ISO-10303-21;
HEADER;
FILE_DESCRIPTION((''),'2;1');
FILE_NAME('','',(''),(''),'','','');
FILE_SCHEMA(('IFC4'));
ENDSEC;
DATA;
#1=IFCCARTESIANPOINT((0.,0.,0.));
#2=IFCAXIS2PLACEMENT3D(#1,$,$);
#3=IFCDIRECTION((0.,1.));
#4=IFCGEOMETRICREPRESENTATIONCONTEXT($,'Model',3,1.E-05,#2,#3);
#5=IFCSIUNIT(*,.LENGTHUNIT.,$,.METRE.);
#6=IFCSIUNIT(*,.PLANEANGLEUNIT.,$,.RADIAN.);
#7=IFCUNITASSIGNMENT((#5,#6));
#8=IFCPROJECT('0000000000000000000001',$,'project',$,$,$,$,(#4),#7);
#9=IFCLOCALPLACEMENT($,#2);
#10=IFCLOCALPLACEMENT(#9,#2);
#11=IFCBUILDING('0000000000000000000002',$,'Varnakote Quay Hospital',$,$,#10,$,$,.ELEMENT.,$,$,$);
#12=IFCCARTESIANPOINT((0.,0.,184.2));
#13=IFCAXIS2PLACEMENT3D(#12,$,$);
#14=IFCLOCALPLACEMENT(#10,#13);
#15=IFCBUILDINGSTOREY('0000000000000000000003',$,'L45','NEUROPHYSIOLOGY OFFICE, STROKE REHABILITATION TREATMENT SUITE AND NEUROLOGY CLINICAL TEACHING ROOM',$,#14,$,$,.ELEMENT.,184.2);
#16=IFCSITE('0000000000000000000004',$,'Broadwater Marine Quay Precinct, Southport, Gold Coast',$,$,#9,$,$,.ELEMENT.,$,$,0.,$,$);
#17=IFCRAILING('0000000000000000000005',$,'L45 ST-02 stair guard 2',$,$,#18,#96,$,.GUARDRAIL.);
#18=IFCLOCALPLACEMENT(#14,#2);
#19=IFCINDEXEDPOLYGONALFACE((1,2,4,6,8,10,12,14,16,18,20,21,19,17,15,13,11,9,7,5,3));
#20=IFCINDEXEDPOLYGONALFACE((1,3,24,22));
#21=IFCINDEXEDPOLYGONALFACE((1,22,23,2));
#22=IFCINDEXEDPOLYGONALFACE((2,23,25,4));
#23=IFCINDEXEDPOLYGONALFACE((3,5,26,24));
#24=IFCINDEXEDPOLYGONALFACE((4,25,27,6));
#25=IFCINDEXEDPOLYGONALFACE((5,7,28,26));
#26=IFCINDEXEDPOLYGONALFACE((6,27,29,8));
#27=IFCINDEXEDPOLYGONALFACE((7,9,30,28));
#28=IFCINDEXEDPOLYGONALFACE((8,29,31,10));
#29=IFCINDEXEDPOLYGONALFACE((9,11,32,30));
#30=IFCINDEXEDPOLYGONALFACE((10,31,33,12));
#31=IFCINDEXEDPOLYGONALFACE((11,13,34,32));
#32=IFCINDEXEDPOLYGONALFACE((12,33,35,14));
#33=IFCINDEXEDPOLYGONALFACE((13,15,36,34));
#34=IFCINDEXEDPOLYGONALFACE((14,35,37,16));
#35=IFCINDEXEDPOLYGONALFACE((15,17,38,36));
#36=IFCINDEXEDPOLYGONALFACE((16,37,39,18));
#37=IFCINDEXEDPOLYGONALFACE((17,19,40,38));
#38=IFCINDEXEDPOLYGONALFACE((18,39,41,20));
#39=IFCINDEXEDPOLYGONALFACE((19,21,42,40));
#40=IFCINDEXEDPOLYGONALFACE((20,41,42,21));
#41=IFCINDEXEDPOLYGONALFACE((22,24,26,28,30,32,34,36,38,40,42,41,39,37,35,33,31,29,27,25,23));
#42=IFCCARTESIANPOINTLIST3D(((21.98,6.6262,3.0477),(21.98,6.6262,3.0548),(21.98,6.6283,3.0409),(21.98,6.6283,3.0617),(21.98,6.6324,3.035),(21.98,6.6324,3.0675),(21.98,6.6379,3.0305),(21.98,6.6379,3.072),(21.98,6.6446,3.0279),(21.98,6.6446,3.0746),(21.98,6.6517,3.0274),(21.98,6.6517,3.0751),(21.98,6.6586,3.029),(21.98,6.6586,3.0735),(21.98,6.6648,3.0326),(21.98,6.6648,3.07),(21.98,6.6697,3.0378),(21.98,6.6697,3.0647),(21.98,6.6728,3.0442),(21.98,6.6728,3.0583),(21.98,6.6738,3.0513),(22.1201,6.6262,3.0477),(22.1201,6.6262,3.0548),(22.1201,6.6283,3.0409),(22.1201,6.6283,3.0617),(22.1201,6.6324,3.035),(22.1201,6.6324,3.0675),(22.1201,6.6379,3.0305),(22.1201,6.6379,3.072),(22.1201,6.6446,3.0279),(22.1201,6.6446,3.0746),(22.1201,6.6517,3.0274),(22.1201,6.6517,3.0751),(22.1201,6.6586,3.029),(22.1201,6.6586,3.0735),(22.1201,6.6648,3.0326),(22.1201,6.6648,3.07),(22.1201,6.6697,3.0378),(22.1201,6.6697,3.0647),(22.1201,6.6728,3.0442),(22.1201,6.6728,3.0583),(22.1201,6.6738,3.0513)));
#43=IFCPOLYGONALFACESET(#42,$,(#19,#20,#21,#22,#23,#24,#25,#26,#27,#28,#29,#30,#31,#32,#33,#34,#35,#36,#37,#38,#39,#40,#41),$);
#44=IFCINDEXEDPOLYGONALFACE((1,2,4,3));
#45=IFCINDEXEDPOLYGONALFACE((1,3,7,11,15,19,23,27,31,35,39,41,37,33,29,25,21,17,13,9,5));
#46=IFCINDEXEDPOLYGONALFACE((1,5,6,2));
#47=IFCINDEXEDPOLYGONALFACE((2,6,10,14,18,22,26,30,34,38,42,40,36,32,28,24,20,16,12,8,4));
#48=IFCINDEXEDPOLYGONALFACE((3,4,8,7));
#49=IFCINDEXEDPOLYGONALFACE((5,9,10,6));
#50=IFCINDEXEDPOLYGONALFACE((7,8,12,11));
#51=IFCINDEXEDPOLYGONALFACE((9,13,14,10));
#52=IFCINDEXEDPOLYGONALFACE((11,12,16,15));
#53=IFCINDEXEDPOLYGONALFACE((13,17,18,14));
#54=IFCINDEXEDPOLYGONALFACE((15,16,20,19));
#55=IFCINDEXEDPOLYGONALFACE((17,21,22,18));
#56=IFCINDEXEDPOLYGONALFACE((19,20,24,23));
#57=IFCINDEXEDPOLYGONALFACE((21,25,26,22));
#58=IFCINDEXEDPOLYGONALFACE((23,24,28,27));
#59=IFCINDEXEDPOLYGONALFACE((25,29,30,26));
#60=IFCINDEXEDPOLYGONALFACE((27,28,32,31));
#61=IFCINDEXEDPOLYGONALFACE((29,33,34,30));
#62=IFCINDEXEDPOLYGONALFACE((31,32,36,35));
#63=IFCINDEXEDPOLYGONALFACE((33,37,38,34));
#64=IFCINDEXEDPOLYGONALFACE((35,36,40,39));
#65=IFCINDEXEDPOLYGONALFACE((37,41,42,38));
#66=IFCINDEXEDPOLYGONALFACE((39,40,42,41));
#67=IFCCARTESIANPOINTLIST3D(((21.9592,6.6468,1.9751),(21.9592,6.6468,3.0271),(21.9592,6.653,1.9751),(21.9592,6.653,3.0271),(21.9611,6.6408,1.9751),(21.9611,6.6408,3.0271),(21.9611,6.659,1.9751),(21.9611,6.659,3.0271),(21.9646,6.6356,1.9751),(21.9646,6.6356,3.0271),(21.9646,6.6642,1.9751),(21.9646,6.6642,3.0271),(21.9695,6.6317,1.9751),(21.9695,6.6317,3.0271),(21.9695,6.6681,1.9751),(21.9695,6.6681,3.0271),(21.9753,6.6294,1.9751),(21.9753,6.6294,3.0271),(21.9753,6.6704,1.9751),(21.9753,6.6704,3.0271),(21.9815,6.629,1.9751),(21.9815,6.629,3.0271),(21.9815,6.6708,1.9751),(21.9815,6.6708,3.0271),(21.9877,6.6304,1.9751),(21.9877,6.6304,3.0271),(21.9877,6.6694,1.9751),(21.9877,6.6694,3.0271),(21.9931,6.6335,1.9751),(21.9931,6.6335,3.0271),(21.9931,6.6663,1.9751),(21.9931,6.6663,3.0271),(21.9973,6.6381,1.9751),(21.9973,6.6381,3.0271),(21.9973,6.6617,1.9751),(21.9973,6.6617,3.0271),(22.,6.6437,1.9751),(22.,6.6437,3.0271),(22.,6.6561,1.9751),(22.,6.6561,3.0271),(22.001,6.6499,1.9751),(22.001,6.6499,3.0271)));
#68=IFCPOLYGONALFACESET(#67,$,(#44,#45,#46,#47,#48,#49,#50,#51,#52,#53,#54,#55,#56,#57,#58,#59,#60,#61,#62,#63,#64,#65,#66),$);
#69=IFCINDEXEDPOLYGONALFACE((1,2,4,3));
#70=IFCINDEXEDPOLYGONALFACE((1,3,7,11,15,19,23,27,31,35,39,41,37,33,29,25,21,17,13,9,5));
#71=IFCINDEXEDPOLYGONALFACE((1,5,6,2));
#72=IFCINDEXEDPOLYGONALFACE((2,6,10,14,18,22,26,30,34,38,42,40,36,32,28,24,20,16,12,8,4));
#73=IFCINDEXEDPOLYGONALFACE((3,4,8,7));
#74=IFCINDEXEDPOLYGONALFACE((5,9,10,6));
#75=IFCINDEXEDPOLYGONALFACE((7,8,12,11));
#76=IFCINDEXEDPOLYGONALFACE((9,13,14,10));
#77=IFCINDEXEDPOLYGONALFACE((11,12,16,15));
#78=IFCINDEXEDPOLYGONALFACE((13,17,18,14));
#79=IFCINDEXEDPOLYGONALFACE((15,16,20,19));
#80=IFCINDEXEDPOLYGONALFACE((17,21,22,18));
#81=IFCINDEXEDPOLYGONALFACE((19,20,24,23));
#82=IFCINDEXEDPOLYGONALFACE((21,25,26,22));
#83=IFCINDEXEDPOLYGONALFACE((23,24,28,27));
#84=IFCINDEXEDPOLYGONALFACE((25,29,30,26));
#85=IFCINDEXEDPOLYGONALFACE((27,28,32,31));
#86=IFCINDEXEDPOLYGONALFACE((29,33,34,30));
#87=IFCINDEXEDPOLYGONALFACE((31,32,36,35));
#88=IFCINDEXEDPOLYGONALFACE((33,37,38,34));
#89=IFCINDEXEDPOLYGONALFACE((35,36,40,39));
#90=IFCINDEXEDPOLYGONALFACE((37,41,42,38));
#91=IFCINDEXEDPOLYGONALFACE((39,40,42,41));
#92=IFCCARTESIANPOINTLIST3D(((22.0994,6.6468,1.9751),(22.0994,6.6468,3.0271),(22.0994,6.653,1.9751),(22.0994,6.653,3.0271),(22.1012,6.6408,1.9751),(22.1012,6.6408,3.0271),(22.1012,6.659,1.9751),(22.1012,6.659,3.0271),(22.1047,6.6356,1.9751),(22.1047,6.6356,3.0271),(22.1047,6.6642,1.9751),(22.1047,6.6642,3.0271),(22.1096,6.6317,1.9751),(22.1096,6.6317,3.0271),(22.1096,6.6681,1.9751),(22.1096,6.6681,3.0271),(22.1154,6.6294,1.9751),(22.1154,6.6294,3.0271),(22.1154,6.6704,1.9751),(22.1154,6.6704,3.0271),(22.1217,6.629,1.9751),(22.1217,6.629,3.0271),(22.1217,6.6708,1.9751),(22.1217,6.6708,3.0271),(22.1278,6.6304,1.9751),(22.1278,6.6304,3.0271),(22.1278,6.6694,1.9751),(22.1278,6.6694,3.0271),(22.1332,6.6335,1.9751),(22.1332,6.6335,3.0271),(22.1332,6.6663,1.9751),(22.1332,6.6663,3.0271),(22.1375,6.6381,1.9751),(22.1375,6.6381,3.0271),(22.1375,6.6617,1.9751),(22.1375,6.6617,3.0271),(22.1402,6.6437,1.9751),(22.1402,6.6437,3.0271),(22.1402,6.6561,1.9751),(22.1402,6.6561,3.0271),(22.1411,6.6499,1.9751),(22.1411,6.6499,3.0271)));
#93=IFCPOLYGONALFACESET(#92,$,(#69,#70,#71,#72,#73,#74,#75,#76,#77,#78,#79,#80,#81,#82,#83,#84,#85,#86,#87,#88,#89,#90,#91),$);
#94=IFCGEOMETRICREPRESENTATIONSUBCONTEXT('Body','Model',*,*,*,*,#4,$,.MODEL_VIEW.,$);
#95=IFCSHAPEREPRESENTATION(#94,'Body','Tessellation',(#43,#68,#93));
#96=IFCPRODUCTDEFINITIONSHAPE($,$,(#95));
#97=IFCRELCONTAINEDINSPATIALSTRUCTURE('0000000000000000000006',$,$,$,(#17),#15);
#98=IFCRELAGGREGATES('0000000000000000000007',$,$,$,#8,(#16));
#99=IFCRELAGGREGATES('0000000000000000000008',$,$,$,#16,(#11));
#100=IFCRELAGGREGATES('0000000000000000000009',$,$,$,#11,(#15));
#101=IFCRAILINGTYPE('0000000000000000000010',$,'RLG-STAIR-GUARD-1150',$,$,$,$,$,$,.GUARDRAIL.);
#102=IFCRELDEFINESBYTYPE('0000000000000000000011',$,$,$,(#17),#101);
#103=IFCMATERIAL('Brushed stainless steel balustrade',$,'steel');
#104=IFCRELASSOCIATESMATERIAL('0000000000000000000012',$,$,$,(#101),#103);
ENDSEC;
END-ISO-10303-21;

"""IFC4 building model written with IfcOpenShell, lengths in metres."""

from ifc_helpers import new_model, si_unit, direction, frame, origin, origin_2d, place, context, subcontext, project, spatial, circle, extrude, material, type_object, element, save


model = new_model("IFC4")

# Units and contexts
model_context = context("Model", 3, precision=1e-05, world=origin(), true_north=direction((0.0, 1.0)))
body_context = subcontext(model_context, "Body", "Model", "MODEL_VIEW")
ifc_project = project(units=[si_unit("LENGTHUNIT", "METRE"), si_unit("PLANEANGLEUNIT", "RADIAN")], contexts=[model_context])

# Site, building, storey
site_placement = place(None, origin())
site = spatial("IfcSite", under=ifc_project, at=site_placement, Name="Broadwater Marine Quay Precinct, Southport, Gold Coast", CompositionType="ELEMENT", RefElevation=0.0)
building_placement = place(site_placement, origin())
building = spatial("IfcBuilding", under=site, at=building_placement, Name="Varnakote Quay Hospital", CompositionType="ELEMENT")
storey_placement = place(building_placement, frame((0.0, 0.0, 184.2)))
storey = spatial("IfcBuildingStorey", under=building, at=storey_placement, Name="L45", Description="NEUROPHYSIOLOGY OFFICE, STROKE REHABILITATION TREATMENT SUITE AND NEUROLOGY CLINICAL TEACHING ROOM", CompositionType="ELEMENT", Elevation=184.2)

# Railing
ifc_material_1 = material(Name="Brushed stainless steel balustrade", Category="steel")
railing_type_1 = type_object("IfcRailingType", Name="RLG-STAIR-GUARD-1150", PredefinedType="GUARDRAIL", material=ifc_material_1)
railing_1_placement = place(storey_placement, frame((21.98, 6.6499, 1.9751)))
element("IfcRailing", 1, at=railing_1_placement, inside=storey, type_object=railing_type_1, Name="L45 ST-02 stair guard 2", PredefinedType="GUARDRAIL", context=body_context, shape_type="SweptSolid", body=[
    extrude(circle(Radius=0.0239, at=origin_2d()), frame((0.0, 0.0, 1.0762), z_axis=(1.0, 0.0, 0.0), x_axis=(0.0, 1.0, 0.0)), (0.0, 0.0, 1.0), 0.1401),
    extrude(circle(Radius=0.021, at=origin_2d()), origin(), (0.0, 0.0, 1.0), 1.052),
    extrude(circle(Radius=0.021, at=origin_2d()), frame((0.1401, 0.0, 0.0)), (0.0, 0.0, 1.0), 1.052),
])

save(model, "model.ifc")
